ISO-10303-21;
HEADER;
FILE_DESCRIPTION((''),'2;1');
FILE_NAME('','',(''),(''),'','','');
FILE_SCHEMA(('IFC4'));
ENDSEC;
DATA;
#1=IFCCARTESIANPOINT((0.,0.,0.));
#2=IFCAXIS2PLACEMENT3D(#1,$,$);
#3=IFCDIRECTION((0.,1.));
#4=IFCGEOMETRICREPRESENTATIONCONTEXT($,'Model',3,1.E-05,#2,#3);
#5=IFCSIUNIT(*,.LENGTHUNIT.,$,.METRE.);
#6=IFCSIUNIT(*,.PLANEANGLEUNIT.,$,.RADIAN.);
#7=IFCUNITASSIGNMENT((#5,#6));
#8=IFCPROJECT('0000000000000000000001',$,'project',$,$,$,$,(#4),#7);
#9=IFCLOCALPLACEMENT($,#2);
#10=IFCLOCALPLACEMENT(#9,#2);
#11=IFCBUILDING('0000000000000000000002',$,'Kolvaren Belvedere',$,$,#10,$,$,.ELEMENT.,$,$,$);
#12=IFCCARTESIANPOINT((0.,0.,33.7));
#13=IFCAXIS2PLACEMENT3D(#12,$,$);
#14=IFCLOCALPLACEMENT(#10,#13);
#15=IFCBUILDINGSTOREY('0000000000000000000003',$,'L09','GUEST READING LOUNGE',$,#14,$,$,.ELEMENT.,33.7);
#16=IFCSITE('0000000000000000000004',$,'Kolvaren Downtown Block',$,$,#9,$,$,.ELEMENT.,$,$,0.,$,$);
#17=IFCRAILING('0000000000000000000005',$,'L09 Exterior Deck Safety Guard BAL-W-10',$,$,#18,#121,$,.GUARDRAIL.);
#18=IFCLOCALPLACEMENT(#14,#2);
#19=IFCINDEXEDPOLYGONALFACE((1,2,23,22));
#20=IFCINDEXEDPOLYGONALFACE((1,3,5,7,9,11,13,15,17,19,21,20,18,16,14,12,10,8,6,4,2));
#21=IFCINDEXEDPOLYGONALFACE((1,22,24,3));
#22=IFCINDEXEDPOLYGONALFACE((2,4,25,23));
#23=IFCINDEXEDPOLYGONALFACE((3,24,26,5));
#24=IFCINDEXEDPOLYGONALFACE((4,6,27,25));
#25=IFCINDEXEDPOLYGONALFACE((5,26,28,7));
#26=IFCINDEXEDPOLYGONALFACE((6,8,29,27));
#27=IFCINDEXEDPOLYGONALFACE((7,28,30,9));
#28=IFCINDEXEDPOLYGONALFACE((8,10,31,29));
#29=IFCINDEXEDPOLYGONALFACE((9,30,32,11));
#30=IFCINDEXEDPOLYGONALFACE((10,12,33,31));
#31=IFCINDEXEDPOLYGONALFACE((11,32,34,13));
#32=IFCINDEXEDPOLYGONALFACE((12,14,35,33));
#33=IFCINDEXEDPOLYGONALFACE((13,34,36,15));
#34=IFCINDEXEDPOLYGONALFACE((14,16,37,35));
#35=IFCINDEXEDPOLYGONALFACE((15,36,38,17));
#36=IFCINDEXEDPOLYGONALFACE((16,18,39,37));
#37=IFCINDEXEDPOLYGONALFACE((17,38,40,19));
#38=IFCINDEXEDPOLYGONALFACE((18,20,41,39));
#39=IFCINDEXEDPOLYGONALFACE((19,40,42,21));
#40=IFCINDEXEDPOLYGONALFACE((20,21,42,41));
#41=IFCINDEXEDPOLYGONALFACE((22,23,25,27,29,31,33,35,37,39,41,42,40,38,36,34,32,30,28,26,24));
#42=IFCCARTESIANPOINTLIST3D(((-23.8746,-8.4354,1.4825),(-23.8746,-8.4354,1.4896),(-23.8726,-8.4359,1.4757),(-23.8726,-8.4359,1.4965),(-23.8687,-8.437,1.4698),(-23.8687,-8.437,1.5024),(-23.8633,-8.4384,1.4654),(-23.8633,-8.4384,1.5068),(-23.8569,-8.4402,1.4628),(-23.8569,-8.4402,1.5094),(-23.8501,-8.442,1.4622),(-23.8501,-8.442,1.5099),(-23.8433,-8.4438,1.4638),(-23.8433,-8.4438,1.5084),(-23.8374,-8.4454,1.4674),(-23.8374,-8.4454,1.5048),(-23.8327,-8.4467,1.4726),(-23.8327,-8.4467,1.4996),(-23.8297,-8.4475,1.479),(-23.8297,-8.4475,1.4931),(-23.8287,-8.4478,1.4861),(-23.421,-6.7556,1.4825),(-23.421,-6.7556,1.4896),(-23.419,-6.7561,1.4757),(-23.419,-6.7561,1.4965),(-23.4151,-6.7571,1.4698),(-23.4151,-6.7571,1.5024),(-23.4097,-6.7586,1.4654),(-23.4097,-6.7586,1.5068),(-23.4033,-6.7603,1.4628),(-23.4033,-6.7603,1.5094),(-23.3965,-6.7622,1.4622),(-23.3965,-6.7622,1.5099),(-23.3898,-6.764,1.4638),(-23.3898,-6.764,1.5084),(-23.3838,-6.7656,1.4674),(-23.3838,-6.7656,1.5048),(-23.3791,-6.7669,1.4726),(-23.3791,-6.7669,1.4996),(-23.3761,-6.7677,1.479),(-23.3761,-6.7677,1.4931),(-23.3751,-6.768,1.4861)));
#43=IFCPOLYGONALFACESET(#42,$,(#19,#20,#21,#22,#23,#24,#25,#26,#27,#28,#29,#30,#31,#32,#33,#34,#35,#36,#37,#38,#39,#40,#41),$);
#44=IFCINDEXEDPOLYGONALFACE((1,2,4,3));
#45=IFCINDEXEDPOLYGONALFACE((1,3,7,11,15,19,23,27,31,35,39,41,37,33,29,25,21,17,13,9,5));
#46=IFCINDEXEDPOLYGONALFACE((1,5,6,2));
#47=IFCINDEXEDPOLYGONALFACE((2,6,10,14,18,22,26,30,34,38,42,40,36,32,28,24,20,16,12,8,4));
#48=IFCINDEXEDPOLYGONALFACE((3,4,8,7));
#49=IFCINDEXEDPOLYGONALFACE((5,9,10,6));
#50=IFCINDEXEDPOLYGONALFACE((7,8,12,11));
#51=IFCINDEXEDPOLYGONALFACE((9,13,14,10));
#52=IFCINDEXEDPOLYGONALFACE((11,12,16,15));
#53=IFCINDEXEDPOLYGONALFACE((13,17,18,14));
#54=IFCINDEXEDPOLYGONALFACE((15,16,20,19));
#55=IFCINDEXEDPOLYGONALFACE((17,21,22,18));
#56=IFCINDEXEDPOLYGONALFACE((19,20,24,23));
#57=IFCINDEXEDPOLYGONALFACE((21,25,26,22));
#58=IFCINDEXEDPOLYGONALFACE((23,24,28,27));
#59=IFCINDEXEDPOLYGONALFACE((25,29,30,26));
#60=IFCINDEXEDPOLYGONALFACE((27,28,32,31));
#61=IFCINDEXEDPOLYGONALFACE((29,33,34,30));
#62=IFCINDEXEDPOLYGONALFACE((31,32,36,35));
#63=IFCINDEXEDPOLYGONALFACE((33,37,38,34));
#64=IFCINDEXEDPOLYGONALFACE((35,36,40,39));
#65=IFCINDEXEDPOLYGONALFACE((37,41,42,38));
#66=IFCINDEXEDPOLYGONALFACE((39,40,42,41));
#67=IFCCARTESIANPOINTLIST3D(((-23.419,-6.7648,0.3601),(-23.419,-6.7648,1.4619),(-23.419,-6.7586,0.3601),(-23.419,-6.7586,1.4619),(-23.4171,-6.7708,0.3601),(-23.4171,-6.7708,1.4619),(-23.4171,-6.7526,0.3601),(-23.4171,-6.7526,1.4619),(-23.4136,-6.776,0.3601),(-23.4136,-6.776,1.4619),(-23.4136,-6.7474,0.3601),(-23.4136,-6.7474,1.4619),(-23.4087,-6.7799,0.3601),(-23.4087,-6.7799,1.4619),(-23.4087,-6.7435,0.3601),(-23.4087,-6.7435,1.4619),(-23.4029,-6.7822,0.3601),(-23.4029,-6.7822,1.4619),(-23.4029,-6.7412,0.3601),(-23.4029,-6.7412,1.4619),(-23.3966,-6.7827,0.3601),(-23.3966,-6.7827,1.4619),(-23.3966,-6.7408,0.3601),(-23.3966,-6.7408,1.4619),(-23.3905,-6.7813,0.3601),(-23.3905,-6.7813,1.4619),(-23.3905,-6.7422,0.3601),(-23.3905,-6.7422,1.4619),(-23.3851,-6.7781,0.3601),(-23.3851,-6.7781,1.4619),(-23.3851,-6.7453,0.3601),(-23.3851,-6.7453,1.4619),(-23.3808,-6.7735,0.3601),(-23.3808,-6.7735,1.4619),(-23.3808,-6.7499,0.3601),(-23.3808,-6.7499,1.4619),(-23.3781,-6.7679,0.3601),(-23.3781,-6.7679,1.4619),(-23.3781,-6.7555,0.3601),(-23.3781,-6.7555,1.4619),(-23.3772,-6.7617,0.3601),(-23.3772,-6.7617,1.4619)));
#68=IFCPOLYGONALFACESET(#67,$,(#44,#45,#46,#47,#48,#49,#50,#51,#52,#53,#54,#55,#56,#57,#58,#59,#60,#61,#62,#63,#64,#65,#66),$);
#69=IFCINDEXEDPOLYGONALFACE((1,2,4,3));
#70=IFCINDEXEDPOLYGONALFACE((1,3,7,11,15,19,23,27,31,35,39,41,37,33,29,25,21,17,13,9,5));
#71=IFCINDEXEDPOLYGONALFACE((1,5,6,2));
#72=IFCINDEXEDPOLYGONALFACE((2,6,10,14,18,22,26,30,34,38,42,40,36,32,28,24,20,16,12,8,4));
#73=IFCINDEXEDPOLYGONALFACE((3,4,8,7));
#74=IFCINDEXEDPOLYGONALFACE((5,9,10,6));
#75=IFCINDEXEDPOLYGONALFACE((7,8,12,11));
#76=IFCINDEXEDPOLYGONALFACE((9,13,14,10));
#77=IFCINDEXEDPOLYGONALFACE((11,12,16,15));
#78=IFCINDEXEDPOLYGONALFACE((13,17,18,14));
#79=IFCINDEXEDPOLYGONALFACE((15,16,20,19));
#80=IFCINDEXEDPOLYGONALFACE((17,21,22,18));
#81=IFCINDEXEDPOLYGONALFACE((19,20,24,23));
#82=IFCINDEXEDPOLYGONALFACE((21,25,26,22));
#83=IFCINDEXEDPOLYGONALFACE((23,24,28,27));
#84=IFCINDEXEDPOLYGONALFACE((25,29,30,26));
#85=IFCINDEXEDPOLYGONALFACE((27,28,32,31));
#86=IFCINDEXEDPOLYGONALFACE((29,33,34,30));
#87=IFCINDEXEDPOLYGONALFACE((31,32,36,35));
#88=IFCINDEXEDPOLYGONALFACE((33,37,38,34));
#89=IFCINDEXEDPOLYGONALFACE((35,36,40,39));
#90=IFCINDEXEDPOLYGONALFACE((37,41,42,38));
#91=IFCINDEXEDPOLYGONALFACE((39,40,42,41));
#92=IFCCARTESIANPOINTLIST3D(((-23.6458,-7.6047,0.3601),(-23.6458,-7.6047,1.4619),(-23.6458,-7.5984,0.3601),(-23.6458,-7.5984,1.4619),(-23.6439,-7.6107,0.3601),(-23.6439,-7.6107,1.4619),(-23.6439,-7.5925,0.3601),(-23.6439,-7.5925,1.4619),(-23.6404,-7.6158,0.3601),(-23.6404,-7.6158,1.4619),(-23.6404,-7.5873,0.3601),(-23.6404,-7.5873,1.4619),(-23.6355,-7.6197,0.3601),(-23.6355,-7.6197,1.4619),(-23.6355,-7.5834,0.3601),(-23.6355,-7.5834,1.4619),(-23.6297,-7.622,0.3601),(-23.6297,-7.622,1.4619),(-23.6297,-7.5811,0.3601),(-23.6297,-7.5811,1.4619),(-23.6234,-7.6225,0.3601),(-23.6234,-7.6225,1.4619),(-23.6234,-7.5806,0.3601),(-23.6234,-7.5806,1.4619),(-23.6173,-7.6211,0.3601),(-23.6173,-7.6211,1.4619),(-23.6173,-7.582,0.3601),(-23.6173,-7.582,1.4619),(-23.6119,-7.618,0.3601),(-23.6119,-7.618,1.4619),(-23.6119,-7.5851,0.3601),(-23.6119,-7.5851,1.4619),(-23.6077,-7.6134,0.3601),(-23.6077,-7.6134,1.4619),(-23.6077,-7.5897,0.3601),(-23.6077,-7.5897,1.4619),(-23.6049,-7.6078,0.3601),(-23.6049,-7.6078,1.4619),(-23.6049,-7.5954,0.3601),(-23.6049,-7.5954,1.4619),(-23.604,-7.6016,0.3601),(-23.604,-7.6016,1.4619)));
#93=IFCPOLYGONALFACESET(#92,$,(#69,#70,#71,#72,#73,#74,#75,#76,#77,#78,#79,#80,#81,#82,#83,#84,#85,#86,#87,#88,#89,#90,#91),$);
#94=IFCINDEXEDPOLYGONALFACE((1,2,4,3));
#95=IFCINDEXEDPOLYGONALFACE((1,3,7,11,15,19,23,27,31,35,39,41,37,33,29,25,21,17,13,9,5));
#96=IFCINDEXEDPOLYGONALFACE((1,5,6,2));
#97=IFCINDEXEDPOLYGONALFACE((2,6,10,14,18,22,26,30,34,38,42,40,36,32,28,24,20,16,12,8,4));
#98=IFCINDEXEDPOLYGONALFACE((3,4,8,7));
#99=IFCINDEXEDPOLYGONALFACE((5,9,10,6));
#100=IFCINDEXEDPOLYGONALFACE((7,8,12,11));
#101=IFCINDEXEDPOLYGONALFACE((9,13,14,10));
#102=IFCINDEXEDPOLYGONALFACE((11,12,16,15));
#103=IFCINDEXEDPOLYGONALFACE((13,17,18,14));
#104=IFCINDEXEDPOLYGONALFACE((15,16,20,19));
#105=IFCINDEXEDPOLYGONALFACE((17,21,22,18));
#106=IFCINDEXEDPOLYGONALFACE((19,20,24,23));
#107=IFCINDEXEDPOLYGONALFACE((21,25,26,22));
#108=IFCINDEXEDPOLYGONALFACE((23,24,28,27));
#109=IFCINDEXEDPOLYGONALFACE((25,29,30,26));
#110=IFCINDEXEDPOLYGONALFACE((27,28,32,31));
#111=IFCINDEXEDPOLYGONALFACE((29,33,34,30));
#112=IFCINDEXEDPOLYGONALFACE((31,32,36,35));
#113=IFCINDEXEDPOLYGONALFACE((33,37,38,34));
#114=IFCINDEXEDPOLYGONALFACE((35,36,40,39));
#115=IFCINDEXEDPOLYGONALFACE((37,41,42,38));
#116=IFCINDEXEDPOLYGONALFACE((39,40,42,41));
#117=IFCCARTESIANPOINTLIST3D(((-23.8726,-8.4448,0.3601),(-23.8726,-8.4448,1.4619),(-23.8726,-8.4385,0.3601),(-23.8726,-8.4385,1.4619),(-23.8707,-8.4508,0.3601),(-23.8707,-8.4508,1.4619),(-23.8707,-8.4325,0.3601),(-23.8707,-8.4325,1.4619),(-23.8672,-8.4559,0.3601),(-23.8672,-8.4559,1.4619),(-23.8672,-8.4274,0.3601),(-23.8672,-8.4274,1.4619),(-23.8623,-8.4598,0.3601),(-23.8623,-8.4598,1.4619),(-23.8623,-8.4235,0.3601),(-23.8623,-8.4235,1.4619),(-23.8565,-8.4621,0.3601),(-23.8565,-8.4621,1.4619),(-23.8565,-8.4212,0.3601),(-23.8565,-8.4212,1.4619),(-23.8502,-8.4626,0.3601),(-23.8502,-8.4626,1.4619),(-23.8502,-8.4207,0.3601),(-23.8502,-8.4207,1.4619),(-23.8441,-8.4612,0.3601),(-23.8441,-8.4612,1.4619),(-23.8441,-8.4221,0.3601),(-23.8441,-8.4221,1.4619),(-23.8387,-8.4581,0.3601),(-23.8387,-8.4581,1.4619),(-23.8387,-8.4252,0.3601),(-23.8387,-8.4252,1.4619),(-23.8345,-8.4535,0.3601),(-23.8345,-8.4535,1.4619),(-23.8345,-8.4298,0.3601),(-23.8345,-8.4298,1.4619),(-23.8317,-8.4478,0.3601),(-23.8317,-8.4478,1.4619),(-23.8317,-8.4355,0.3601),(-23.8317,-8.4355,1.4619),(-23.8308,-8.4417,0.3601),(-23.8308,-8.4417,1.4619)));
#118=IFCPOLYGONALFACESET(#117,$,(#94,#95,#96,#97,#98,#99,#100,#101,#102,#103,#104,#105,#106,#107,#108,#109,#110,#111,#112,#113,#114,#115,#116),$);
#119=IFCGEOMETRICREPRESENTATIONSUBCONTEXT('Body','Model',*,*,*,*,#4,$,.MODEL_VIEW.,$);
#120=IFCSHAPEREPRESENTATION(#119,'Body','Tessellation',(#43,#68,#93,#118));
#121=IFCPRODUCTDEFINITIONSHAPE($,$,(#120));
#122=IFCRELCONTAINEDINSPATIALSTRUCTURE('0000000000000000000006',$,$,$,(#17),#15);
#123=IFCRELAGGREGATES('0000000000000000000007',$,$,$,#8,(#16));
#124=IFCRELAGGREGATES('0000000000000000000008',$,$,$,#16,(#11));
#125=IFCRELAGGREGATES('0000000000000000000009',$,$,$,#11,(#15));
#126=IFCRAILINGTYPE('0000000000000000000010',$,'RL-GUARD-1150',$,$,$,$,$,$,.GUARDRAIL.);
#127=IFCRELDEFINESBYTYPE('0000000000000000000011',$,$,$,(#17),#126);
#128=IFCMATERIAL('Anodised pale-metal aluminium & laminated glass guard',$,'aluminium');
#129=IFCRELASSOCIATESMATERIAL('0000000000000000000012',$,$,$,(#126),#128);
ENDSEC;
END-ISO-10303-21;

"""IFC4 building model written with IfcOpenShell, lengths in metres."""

from ifc_helpers import new_model, si_unit, direction, frame, origin, origin_2d, place, context, subcontext, project, spatial, circle, extrude, material, type_object, element, save


model = new_model("IFC4")

# Units and contexts
model_context = context("Model", 3, precision=1e-05, world=origin(), true_north=direction((0.0, 1.0)))
body_context = subcontext(model_context, "Body", "Model", "MODEL_VIEW")
ifc_project = project(units=[si_unit("LENGTHUNIT", "METRE"), si_unit("PLANEANGLEUNIT", "RADIAN")], contexts=[model_context])

# Site, building, storey
site_placement = place(None, origin())
site = spatial("IfcSite", under=ifc_project, at=site_placement, Name="Kolvaren Downtown Block", CompositionType="ELEMENT", RefElevation=0.0)
building_placement = place(site_placement, origin())
building = spatial("IfcBuilding", under=site, at=building_placement, Name="Kolvaren Belvedere", CompositionType="ELEMENT")
storey_placement = place(building_placement, frame((0.0, 0.0, 33.7)))
storey = spatial("IfcBuildingStorey", under=building, at=storey_placement, Name="L09", Description="GUEST READING LOUNGE", CompositionType="ELEMENT", Elevation=33.7)

# Railing
ifc_material_1 = material(Name="Anodised pale-metal aluminium & laminated glass guard", Category="aluminium")
railing_type = type_object("IfcRailingType", Name="RL-GUARD-1150", PredefinedType="GUARDRAIL", material=ifc_material_1)
railing_1_placement = place(storey_placement, frame((-23.3982, -6.7617, 0.3601)))
element("IfcRailing", 1, at=railing_1_placement, inside=storey, type_object=railing_type, Name="L09 Exterior Deck Safety Guard BAL-W-10", PredefinedType="GUARDRAIL", context=body_context, shape_type="SweptSolid", body=[
    extrude(circle(Radius=0.0239, at=origin_2d()), frame((0.0, 0.0, 1.126), z_axis=(-0.260683, -0.965424, 0.0), x_axis=(0.965424, -0.260683, 0.0)), (0.0, 0.0, 1.0), 1.74),
    extrude(circle(Radius=0.021, at=origin_2d()), origin(), (0.0, 0.0, 1.0), 1.1018),
    extrude(circle(Radius=0.021, at=origin_2d()), frame((-0.2268, -0.8398, 0.0)), (0.0, 0.0, 1.0), 1.1018),
    extrude(circle(Radius=0.021, at=origin_2d()), frame((-0.4536, -1.6799, 0.0)), (0.0, 0.0, 1.0), 1.1018),
])

save(model, "model.ifc")
